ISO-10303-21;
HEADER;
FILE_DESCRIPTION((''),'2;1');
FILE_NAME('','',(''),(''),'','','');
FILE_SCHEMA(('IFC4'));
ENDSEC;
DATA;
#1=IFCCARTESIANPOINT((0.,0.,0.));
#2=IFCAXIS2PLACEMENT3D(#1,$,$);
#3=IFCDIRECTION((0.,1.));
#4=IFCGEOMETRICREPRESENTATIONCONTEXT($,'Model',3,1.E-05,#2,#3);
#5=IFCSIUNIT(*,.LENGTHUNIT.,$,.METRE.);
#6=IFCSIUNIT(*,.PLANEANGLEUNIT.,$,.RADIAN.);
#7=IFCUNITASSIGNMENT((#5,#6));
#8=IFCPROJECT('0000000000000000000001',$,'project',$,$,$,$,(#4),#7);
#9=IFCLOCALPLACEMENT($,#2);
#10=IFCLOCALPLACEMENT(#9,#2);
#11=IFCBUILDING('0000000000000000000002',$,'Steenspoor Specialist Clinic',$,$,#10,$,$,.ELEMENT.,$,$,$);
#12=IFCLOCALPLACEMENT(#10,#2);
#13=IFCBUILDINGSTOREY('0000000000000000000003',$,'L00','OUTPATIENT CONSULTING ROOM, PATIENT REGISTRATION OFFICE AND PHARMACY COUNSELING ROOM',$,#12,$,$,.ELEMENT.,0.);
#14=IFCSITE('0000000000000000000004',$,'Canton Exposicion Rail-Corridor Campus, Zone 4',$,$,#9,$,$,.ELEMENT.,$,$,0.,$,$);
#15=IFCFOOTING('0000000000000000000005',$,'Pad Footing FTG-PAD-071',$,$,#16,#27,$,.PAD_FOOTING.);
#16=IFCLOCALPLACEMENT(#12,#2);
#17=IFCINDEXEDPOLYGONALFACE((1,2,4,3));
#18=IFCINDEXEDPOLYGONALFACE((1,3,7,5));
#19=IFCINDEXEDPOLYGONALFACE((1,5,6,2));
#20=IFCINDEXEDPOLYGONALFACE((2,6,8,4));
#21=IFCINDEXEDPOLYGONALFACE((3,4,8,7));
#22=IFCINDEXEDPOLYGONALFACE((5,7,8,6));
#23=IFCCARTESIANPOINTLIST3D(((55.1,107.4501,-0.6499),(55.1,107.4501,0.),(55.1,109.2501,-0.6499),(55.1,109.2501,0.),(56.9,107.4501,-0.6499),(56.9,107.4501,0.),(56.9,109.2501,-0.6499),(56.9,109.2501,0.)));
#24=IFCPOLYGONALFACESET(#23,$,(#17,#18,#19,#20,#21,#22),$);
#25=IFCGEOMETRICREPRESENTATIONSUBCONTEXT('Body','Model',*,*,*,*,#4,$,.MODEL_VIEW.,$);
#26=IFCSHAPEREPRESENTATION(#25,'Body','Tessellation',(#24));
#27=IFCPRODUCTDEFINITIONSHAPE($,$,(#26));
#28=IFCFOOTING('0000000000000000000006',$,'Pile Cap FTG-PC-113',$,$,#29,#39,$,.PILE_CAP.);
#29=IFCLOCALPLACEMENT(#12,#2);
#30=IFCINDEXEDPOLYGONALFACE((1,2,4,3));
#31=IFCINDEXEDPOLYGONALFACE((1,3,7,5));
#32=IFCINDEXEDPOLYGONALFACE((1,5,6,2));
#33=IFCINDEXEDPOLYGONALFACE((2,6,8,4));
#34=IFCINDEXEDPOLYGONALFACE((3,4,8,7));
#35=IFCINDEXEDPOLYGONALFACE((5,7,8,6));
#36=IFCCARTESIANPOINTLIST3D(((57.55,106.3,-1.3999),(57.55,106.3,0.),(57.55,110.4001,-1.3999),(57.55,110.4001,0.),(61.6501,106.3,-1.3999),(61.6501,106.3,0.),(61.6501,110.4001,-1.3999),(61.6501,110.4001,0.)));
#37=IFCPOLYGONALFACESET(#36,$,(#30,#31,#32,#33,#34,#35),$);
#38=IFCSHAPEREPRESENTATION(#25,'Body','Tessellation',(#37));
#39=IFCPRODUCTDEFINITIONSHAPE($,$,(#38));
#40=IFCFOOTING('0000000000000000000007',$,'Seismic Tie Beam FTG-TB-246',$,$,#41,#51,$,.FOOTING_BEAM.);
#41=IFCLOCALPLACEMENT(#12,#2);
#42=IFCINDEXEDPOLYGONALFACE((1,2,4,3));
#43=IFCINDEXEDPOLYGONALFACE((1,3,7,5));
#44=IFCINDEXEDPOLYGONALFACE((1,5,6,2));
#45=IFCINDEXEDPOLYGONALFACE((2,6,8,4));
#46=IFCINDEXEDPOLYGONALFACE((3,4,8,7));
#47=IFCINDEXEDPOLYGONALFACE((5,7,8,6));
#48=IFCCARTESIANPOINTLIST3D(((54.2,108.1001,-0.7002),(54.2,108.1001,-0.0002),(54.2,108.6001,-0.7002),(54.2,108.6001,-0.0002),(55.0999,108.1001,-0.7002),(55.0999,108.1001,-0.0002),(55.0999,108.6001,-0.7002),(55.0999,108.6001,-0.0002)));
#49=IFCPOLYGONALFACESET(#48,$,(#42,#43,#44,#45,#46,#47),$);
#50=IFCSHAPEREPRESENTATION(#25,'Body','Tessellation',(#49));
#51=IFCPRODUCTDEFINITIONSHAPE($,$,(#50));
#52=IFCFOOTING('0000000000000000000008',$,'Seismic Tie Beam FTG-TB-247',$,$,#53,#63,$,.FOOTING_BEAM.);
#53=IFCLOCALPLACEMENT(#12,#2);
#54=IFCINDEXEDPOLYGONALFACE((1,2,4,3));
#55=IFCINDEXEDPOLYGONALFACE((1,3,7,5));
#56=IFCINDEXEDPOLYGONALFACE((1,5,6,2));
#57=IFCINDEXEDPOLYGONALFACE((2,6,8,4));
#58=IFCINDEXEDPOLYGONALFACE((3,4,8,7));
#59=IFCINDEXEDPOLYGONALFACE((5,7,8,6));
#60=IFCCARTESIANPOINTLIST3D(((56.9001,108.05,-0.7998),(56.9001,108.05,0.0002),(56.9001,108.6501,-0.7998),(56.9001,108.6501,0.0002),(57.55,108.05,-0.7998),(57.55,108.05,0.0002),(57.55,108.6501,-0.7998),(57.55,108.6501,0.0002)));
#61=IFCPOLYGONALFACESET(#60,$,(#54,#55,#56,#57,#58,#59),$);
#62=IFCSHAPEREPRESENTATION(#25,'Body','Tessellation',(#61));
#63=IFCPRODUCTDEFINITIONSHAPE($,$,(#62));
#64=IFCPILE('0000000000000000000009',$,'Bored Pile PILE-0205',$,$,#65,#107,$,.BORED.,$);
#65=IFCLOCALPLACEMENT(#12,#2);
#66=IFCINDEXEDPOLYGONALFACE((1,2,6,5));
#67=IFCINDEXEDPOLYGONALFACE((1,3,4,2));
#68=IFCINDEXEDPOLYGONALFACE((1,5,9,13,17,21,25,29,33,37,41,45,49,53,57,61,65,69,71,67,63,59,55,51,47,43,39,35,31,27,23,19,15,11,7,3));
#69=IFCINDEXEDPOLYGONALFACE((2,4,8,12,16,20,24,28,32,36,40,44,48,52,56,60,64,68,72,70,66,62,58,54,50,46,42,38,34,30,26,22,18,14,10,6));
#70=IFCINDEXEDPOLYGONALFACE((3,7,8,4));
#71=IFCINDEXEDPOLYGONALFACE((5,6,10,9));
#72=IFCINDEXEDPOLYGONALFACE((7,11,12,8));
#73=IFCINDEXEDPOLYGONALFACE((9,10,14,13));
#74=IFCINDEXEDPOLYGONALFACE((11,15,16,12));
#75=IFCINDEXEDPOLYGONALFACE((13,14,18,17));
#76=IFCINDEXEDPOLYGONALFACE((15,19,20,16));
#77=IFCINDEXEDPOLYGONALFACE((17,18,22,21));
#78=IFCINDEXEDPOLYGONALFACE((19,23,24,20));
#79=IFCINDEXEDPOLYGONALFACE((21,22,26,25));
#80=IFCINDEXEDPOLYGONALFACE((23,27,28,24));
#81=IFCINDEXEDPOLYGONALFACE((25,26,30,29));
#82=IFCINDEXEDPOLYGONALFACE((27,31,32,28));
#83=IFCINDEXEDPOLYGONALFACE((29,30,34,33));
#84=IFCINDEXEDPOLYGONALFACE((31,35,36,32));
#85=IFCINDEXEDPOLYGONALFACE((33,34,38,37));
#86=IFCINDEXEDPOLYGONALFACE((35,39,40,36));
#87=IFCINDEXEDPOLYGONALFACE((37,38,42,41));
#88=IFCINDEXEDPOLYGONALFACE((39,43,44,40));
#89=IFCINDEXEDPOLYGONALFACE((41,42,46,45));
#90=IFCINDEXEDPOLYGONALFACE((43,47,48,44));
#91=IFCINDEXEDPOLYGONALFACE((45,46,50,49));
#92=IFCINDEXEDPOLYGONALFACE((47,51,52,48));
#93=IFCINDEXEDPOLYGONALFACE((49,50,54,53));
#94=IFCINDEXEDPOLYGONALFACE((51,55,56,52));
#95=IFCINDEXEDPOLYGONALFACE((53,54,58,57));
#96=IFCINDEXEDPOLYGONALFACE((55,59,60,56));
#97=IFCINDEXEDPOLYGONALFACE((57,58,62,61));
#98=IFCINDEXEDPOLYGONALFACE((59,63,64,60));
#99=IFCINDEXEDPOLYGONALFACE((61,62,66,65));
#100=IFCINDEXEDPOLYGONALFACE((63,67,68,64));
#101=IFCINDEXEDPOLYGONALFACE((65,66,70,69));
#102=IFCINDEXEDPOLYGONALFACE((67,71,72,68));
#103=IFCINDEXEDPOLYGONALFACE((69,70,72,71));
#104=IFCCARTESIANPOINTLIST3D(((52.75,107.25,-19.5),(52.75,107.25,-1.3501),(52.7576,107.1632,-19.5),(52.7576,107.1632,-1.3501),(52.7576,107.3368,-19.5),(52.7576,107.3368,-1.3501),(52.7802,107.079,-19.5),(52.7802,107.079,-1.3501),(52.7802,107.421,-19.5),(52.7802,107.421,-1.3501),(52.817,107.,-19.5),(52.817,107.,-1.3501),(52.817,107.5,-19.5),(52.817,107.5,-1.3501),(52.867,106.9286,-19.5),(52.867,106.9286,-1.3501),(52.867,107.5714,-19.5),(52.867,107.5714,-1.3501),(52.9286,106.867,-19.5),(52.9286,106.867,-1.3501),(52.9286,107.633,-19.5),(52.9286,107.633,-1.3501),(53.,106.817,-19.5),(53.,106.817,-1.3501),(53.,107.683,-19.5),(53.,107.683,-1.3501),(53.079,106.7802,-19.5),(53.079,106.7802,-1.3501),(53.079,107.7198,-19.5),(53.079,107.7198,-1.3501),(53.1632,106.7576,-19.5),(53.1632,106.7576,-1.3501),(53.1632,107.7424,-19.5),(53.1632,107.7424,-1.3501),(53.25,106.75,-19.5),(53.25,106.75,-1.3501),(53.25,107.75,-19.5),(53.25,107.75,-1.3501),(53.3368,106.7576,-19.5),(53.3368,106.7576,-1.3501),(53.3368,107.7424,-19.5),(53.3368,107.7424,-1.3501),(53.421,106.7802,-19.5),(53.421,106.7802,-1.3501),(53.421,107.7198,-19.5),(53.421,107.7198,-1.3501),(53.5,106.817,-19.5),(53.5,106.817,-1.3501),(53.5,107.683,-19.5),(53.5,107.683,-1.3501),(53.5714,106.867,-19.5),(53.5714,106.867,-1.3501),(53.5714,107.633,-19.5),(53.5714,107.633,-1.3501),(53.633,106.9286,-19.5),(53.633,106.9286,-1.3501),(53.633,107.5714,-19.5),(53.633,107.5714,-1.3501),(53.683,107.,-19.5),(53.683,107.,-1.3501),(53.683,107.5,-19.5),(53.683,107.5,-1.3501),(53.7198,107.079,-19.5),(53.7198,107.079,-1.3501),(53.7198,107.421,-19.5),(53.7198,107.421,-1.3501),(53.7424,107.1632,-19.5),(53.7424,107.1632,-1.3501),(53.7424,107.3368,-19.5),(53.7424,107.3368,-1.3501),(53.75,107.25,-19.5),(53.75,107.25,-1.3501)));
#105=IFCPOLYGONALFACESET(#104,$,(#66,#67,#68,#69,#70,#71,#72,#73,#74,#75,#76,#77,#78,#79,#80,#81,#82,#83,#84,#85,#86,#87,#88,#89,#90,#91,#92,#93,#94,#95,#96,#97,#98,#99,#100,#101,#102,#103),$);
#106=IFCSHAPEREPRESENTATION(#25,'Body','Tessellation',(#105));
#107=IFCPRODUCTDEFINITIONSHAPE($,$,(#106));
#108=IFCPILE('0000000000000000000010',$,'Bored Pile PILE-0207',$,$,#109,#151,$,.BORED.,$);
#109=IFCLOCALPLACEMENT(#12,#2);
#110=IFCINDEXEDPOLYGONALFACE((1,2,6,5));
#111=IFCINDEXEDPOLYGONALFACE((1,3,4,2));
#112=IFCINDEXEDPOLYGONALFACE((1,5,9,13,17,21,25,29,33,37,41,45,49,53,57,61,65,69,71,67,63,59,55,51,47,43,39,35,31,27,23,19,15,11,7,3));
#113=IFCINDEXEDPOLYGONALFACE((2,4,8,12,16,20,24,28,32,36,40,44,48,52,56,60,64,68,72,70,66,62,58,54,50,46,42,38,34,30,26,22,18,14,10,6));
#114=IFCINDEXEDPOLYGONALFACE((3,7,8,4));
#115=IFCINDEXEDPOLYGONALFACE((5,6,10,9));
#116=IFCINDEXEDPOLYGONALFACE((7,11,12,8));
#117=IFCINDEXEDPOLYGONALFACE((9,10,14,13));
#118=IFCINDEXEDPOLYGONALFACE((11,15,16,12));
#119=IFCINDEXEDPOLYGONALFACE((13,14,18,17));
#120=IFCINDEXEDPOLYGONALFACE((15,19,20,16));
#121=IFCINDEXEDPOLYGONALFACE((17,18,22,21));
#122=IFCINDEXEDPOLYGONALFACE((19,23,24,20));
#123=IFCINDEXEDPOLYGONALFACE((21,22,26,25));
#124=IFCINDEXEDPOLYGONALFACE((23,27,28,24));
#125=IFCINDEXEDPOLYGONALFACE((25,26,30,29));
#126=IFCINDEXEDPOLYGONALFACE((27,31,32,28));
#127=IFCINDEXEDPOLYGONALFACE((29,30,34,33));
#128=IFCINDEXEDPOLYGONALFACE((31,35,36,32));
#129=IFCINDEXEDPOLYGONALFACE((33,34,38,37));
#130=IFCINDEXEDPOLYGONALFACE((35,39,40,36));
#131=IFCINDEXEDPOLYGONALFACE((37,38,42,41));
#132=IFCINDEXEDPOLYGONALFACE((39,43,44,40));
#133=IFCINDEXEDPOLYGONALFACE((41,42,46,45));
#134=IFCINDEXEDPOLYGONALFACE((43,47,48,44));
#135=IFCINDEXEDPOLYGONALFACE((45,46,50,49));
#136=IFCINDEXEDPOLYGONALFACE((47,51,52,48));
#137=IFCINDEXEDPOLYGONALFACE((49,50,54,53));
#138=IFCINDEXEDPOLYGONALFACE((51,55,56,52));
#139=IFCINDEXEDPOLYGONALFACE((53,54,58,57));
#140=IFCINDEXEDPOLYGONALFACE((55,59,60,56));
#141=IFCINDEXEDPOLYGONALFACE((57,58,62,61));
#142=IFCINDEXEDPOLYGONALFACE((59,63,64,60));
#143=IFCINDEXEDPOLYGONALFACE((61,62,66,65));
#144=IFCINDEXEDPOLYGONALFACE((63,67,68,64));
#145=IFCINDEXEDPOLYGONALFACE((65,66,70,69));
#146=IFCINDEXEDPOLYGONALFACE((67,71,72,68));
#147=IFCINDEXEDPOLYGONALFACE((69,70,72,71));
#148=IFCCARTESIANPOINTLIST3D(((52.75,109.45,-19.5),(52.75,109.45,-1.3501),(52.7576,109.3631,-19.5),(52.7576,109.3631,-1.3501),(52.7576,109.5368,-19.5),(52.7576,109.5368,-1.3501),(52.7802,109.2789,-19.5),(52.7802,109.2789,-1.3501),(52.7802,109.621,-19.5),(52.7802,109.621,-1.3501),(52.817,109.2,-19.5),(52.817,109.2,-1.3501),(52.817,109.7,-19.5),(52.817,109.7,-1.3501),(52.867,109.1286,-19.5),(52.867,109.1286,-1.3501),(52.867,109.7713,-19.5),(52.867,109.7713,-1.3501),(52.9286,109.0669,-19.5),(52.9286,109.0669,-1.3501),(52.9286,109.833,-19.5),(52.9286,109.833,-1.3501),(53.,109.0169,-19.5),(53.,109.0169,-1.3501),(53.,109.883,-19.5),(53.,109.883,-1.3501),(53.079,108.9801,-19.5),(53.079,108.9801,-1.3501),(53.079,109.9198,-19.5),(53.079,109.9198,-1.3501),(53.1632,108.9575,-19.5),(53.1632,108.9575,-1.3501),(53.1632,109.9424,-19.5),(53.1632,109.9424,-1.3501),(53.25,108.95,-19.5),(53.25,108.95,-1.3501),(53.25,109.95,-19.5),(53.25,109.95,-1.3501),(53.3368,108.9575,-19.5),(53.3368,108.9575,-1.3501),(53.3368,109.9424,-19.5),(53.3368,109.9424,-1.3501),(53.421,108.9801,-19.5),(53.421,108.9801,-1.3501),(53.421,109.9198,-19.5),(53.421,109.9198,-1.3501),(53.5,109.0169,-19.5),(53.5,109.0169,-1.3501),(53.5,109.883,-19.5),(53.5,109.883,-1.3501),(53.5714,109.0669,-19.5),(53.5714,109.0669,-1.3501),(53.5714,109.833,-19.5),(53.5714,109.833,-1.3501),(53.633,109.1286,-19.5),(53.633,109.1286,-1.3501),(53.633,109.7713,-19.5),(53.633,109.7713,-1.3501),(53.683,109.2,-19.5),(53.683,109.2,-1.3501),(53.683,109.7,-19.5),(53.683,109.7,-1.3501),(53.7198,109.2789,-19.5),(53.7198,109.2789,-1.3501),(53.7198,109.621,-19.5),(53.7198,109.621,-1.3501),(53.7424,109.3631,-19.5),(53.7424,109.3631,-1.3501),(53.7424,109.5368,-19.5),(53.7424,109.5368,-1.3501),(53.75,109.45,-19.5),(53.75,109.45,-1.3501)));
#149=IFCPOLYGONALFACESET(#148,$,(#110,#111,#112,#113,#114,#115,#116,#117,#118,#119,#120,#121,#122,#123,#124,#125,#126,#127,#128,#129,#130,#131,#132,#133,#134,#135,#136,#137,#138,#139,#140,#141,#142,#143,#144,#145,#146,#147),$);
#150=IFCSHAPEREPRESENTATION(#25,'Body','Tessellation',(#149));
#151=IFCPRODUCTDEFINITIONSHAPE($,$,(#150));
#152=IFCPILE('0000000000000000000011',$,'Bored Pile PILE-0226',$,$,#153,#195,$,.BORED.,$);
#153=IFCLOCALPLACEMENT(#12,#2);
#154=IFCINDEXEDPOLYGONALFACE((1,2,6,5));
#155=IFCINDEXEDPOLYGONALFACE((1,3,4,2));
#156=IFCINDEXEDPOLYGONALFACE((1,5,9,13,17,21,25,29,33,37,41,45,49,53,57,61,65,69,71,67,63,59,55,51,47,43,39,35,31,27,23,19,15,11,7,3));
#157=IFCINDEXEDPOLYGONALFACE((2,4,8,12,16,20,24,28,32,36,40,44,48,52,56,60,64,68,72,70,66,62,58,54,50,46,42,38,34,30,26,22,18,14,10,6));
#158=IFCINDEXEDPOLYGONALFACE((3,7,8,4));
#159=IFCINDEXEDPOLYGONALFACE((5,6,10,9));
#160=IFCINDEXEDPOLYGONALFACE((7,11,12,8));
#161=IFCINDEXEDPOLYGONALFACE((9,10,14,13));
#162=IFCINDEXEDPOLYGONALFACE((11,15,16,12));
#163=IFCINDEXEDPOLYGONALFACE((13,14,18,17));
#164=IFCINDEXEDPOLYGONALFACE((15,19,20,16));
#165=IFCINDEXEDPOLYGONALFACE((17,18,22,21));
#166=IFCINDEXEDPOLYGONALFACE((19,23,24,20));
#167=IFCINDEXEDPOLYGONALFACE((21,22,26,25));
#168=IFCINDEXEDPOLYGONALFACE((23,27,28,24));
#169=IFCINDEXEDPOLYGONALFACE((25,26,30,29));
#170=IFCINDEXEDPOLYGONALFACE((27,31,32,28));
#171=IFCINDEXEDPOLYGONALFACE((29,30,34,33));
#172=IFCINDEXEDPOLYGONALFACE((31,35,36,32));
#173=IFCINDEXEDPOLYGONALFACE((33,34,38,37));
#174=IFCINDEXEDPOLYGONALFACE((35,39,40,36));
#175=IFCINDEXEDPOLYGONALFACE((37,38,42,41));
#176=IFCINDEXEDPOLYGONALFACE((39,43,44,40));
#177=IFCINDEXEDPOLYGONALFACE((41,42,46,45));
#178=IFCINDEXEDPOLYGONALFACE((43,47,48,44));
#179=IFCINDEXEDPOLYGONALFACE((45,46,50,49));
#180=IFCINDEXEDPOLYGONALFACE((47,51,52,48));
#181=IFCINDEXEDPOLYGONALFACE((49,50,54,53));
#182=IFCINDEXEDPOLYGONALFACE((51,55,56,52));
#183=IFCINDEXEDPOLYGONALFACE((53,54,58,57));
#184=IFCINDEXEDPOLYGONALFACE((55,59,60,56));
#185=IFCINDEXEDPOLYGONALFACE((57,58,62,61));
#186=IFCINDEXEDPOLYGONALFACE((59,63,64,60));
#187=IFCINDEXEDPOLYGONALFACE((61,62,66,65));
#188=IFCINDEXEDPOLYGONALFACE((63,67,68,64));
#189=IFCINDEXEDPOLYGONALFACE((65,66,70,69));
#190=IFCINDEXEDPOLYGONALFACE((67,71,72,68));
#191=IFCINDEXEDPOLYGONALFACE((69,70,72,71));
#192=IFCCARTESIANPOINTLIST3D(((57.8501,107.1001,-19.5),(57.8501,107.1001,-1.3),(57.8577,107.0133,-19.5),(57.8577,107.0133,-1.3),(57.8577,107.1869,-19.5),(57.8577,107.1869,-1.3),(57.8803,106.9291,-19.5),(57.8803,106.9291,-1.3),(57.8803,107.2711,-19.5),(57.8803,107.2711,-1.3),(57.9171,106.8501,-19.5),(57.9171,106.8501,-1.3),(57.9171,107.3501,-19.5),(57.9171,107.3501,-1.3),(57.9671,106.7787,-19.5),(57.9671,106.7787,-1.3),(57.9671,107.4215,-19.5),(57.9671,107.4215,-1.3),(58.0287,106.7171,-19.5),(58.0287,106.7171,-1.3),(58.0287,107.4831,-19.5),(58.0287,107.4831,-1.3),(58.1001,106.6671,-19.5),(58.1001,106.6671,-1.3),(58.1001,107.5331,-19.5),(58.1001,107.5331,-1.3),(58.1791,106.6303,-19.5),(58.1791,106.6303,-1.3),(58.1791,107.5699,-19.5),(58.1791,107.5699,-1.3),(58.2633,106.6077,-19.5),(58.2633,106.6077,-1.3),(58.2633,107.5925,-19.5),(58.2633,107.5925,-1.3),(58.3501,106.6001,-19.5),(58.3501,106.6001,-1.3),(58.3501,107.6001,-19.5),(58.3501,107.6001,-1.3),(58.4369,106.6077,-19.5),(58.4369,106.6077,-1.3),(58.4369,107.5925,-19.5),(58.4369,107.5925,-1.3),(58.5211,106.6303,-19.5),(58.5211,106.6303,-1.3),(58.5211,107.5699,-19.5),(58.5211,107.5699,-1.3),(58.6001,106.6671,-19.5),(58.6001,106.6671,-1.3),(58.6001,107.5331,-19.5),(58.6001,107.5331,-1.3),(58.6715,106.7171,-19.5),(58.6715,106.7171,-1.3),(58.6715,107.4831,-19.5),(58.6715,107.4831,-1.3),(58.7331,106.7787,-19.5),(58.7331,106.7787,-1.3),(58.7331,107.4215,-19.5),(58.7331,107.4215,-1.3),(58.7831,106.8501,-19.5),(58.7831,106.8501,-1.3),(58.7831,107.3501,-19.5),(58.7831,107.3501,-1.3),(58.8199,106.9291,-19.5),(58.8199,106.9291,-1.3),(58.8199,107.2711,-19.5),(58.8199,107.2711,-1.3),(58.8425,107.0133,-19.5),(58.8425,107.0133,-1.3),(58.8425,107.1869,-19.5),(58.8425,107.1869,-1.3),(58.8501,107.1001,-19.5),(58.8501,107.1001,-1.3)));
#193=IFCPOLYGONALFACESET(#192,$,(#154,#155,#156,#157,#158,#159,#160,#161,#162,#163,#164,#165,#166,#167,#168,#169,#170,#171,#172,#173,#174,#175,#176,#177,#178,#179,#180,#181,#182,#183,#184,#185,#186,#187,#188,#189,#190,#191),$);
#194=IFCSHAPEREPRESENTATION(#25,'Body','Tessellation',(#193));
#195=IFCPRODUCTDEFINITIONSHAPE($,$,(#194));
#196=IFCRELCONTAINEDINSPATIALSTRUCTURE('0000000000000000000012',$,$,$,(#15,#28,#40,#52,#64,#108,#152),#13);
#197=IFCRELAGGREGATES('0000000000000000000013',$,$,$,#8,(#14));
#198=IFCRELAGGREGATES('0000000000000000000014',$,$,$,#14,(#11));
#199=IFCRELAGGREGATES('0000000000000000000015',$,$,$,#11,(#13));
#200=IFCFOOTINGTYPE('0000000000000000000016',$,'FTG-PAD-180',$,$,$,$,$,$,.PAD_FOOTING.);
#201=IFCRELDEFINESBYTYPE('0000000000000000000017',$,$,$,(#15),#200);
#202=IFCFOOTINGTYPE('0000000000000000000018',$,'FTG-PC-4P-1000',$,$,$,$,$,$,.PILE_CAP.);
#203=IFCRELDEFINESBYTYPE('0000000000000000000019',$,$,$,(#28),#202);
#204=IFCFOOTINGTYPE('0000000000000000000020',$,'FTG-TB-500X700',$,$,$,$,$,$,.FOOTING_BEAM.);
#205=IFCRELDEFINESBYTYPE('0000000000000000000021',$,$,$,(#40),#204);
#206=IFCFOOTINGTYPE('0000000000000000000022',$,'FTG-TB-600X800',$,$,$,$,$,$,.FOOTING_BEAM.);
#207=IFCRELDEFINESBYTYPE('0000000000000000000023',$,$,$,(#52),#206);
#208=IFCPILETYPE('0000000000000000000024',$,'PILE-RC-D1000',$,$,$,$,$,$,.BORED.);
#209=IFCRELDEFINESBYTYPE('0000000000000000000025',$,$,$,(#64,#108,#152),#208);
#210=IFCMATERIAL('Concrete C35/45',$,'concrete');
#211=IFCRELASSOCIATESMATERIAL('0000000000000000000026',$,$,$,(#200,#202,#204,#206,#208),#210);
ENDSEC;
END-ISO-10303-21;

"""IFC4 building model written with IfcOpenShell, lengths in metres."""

from ifc_helpers import new_model, si_unit, direction, frame, origin, origin_2d, place, context, subcontext, project, spatial, rectangle, circle, extrude, material, material_profile, profile_set, type_object, element, save


model = new_model("IFC4")

# Units and contexts
model_context = context("Model", 3, precision=1e-05, world=origin(), true_north=direction((0.0, 1.0)))
body_context = subcontext(model_context, "Body", "Model", "MODEL_VIEW")
ifc_project = project(units=[si_unit("LENGTHUNIT", "METRE"), si_unit("PLANEANGLEUNIT", "RADIAN")], contexts=[model_context])

# Site, building, storey
site_placement = place(None, origin())
site = spatial("IfcSite", under=ifc_project, at=site_placement, Name="Canton Exposicion Rail-Corridor Campus, Zone 4", CompositionType="ELEMENT", RefElevation=0.0)
building_placement = place(site_placement, origin())
building = spatial("IfcBuilding", under=site, at=building_placement, Name="Steenspoor Specialist Clinic", CompositionType="ELEMENT")
storey_placement = place(building_placement, origin())
storey = spatial("IfcBuildingStorey", under=building, at=storey_placement, Name="L00", Description="OUTPATIENT CONSULTING ROOM, PATIENT REGISTRATION OFFICE AND PHARMACY COUNSELING ROOM", CompositionType="ELEMENT", Elevation=0.0)

# Footings
ifc_material_1 = material(Name="Concrete C35/45", Category="concrete")
footing_type_1 = type_object("IfcFootingType", Name="FTG-PAD-180", PredefinedType="PAD_FOOTING", material=ifc_material_1)
footing_1_placement = place(storey_placement, frame((56.0, 108.3501, -0.6499), z_axis=(0.0, 0.0, 1.0), x_axis=(1.0, 0.0, 0.0)))
element("IfcFooting", 1, at=footing_1_placement, inside=storey, type_object=footing_type_1, Name="Pad Footing FTG-PAD-071", PredefinedType="PAD_FOOTING", context=body_context, shape_type="SweptSolid", body=[
    extrude(rectangle(XDim=1.8, YDim=1.8, at=origin_2d()), origin(), (0.0, 0.0, 1.0), 0.6499),
])
footing_type_2 = type_object("IfcFootingType", Name="FTG-PC-4P-1000", PredefinedType="PILE_CAP", material=ifc_material_1)
footing_2_placement = place(storey_placement, frame((59.6001, 108.3501, -1.3999), z_axis=(0.0, 0.0, 1.0), x_axis=(1.0, 0.0, 0.0)))
element("IfcFooting", 2, at=footing_2_placement, inside=storey, type_object=footing_type_2, Name="Pile Cap FTG-PC-113", PredefinedType="PILE_CAP", context=body_context, shape_type="SweptSolid", body=[
    extrude(rectangle(XDim=4.1001, YDim=4.1001, at=origin_2d()), origin(), (0.0, 0.0, 1.0), 1.3999),
])
footing_type_3 = type_object("IfcFootingType", Name="FTG-TB-500X700", PredefinedType="FOOTING_BEAM", material=ifc_material_1)
footing_3_placement = place(storey_placement, frame((54.6499, 108.3501, -0.7002), z_axis=(0.0, 0.0, 1.0), x_axis=(1.0, 0.0, 0.0)))
element("IfcFooting", 3, at=footing_3_placement, inside=storey, type_object=footing_type_3, Name="Seismic Tie Beam FTG-TB-246", PredefinedType="FOOTING_BEAM", context=body_context, shape_type="SweptSolid", body=[
    extrude(rectangle(XDim=0.8999, YDim=0.5, at=origin_2d()), origin(), (0.0, 0.0, 1.0), 0.7),
])
footing_type_4 = type_object("IfcFootingType", Name="FTG-TB-600X800", PredefinedType="FOOTING_BEAM", material=ifc_material_1)
footing_4_placement = place(storey_placement, frame((57.2251, 108.3501, -0.7998), z_axis=(0.0, 0.0, 1.0), x_axis=(1.0, 0.0, 0.0)))
element("IfcFooting", 4, at=footing_4_placement, inside=storey, type_object=footing_type_4, Name="Seismic Tie Beam FTG-TB-247", PredefinedType="FOOTING_BEAM", context=body_context, shape_type="SweptSolid", body=[
    extrude(rectangle(XDim=0.6499, YDim=0.6001, at=origin_2d()), origin(), (0.0, 0.0, 1.0), 0.8),
])

# Piles
ifc_material_profile_1 = material_profile(ifc_material_1, circle(Radius=0.5, at=origin_2d()), Name="PILE-D1000")
ifc_profile_set_1 = profile_set([ifc_material_profile_1], Name="Concrete C35/45")
pile_type = type_object("IfcPileType", Name="PILE-RC-D1000", PredefinedType="BORED", material=ifc_profile_set_1)
for number, where, z_axis, x_axis, name in (
    (5, (53.25, 107.25, -1.3501), (0.0, 0.0, -1.0), (1.0, 0.0, 0.0), "Bored Pile PILE-0205"),
    (6, (53.25, 109.45, -1.3501), (0.0, 0.0, -1.0), (1.0, 0.0, 0.0), "Bored Pile PILE-0207"),
):
    element("IfcPile", number, at=place(storey_placement, frame(where, z_axis=z_axis, x_axis=x_axis)), inside=storey, type_object=pile_type, Name=name, PredefinedType="BORED", context=body_context, shape_type="SweptSolid", body=[
        extrude(circle(Radius=0.5, at=origin_2d()), origin(), (0.0, 0.0, 1.0), 18.1499),
    ])
for number, where, z_axis, x_axis, name in (
    (7, (58.3501, 107.1001, -1.3), (0.0, 0.0, -1.0), (1.0, 0.0, 0.0), "Bored Pile PILE-0226"),
):
    element("IfcPile", number, at=place(storey_placement, frame(where, z_axis=z_axis, x_axis=x_axis)), inside=storey, type_object=pile_type, Name=name, PredefinedType="BORED", context=body_context, shape_type="SweptSolid", body=[
        extrude(circle(Radius=0.5, at=origin_2d()), origin(), (0.0, 0.0, 1.0), 18.2),
    ])

save(model, "model.ifc")
